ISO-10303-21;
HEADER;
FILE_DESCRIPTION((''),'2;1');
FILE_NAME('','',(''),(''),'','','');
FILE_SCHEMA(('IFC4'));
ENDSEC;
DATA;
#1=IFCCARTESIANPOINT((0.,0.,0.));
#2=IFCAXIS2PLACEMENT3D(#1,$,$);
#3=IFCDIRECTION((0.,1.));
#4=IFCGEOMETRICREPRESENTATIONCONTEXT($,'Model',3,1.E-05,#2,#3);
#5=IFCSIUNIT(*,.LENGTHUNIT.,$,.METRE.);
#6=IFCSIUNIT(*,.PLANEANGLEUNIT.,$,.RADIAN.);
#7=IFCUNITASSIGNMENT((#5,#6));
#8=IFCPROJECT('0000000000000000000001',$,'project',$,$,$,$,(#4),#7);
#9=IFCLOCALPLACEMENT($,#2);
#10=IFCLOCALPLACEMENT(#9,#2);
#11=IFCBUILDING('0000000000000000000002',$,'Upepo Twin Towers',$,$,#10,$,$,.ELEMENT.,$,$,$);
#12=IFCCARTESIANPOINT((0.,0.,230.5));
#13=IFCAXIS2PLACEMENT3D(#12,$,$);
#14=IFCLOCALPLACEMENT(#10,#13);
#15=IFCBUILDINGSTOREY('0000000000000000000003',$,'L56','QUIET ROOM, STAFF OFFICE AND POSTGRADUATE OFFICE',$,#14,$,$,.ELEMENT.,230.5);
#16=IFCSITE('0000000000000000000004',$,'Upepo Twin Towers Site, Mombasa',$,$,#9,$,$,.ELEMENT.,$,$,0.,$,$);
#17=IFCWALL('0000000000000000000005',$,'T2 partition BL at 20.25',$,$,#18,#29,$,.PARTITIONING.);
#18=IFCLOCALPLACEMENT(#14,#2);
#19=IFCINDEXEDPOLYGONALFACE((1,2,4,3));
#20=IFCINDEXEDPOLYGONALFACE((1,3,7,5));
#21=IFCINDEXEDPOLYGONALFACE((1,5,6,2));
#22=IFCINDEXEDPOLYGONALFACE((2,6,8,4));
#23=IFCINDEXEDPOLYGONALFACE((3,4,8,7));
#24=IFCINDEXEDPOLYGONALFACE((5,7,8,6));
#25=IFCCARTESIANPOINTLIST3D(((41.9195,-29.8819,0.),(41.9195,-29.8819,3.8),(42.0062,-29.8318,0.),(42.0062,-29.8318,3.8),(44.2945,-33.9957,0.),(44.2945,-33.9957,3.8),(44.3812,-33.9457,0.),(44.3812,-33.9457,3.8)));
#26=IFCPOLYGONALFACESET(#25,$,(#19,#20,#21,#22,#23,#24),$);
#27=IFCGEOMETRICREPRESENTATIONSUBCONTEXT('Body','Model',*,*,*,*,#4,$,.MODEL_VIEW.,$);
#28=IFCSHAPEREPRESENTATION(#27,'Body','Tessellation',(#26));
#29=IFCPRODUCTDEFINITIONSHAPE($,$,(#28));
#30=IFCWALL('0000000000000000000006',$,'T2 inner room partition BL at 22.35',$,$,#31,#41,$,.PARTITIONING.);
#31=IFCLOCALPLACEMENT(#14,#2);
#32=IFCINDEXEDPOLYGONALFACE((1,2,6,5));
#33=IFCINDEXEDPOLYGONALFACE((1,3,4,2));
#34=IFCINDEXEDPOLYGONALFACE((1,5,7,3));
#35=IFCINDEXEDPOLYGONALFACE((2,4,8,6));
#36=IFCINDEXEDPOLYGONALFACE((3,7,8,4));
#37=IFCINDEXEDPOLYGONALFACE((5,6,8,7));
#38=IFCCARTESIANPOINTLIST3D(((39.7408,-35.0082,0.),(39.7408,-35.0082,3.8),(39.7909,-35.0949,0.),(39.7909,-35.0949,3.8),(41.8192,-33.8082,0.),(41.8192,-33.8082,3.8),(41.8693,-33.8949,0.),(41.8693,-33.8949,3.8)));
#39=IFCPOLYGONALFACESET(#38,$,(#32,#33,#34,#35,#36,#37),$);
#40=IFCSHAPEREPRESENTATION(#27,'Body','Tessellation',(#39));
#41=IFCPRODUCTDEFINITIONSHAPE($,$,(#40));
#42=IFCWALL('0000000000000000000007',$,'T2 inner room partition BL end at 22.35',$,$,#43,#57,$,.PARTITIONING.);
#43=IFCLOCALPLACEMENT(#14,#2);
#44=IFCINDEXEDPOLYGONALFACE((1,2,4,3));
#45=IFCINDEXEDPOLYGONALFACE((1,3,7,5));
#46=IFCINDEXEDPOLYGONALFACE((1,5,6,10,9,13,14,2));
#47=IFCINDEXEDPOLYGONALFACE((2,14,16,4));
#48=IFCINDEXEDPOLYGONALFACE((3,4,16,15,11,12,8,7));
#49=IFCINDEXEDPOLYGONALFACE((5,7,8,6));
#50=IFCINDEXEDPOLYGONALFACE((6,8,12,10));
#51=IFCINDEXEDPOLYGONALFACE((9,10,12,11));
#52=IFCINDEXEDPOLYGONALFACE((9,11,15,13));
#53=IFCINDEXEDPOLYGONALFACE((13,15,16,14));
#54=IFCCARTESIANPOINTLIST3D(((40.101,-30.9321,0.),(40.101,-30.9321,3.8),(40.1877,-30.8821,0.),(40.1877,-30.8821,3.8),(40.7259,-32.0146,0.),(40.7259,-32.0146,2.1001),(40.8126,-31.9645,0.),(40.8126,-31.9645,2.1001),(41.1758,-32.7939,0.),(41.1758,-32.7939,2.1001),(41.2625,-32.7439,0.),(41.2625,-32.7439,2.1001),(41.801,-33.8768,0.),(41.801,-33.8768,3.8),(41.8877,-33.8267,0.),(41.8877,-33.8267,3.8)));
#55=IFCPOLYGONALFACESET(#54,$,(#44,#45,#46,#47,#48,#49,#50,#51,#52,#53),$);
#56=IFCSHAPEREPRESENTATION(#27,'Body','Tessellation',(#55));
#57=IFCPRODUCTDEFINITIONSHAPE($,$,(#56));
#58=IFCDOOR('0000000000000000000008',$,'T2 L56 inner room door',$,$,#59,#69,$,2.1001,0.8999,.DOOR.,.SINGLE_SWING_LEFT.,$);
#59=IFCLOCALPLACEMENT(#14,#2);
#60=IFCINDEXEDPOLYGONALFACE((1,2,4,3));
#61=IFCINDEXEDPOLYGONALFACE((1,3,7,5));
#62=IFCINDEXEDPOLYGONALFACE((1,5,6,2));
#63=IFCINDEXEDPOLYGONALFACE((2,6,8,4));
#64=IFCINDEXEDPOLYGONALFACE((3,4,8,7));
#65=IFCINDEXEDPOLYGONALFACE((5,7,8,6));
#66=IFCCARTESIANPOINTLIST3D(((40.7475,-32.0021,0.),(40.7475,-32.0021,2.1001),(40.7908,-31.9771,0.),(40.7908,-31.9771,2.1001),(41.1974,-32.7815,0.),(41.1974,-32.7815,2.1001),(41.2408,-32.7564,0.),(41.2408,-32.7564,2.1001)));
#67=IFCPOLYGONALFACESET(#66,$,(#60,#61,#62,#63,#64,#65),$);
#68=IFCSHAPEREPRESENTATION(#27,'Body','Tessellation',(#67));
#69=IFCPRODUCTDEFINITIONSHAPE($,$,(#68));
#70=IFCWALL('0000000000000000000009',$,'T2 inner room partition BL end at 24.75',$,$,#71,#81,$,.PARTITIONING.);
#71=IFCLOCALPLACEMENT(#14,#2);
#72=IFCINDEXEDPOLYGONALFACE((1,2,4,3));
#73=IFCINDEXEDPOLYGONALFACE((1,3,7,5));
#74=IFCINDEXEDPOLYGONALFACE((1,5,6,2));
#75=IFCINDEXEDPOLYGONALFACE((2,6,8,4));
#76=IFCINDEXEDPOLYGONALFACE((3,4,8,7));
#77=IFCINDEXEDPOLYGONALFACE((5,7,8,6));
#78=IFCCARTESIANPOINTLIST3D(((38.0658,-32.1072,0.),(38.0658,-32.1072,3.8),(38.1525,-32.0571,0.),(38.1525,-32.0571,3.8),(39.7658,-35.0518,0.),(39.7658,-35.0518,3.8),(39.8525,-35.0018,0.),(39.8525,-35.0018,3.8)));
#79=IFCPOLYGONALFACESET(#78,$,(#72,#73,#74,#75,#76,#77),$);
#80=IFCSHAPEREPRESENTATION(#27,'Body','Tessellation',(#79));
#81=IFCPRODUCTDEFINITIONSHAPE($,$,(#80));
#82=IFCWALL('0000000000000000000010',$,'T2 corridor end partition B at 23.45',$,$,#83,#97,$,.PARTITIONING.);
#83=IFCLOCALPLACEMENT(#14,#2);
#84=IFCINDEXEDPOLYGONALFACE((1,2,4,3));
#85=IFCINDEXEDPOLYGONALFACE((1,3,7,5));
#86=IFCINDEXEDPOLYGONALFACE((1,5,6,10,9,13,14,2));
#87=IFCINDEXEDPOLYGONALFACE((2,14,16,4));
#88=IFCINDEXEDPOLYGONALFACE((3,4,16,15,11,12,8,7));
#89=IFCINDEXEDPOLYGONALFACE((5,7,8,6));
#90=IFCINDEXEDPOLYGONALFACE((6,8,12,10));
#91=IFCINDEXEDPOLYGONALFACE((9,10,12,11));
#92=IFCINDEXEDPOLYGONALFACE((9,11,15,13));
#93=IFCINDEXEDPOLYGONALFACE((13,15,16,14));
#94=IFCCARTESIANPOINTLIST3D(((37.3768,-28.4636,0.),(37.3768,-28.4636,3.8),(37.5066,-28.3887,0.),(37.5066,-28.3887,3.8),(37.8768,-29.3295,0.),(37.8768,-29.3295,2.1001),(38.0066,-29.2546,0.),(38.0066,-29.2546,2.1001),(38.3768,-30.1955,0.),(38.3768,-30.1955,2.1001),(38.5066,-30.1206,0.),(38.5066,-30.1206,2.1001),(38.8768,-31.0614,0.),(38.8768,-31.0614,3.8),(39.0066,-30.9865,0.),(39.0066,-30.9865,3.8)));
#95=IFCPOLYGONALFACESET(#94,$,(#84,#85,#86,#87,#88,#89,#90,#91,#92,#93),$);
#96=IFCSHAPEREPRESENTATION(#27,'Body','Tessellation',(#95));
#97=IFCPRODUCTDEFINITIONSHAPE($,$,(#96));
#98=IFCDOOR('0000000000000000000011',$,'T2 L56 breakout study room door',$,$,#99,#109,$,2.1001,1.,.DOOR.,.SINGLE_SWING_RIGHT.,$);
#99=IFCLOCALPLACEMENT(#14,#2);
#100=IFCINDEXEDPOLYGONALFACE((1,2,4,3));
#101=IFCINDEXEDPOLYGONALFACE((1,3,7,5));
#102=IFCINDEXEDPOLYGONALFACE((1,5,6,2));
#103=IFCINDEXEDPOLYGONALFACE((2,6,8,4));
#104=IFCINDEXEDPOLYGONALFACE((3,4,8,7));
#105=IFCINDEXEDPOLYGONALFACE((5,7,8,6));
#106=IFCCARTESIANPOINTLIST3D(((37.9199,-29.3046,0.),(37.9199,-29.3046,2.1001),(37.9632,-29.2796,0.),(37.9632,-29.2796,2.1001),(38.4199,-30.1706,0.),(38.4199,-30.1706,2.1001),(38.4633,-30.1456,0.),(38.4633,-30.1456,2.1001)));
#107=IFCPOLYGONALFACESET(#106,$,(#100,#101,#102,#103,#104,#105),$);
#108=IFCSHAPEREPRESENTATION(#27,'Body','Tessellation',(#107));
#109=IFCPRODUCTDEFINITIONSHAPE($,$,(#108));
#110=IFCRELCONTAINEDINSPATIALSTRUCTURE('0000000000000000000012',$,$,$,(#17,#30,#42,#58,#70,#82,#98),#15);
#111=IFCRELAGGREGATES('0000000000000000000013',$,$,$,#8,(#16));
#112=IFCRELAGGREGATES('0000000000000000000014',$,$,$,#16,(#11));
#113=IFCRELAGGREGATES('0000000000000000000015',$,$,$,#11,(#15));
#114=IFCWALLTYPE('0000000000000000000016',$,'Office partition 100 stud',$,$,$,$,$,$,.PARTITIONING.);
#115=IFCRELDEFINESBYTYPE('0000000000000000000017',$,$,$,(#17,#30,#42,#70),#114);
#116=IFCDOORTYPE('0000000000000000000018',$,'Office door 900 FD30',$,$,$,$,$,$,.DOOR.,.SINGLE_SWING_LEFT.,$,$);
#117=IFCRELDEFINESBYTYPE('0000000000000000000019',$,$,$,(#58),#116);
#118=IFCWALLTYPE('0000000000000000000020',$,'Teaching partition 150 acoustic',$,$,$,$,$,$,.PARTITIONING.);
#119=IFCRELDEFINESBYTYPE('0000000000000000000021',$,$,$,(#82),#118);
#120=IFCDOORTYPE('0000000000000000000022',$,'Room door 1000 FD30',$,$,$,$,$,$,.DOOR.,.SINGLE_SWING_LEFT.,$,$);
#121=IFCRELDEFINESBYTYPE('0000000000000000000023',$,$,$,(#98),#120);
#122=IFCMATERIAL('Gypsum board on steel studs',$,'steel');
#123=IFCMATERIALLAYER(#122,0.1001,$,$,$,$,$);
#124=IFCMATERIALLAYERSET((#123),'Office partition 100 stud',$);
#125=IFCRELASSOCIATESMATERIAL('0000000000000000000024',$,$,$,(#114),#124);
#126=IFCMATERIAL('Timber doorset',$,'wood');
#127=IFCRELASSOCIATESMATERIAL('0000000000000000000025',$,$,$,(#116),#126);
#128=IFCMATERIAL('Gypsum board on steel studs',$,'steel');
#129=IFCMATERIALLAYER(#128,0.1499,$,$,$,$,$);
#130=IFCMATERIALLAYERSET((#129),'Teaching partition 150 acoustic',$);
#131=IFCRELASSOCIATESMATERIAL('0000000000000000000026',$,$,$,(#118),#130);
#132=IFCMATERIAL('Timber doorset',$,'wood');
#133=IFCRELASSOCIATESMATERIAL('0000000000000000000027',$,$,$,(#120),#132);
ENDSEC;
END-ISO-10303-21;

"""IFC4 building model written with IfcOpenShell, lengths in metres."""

from ifc_helpers import new_model, si_unit, direction, frame, frame_2d, origin, place, context, subcontext, project, spatial, rectangle, extrude, material, layer, layer_set, type_object, element, fill, save


model = new_model("IFC4")

# Units and contexts
model_context = context("Model", 3, precision=1e-05, world=origin(), true_north=direction((0.0, 1.0)))
body_context = subcontext(model_context, "Body", "Model", "MODEL_VIEW")
ifc_project = project(units=[si_unit("LENGTHUNIT", "METRE"), si_unit("PLANEANGLEUNIT", "RADIAN")], contexts=[model_context])

# Site, building, storey
site_placement = place(None, origin())
site = spatial("IfcSite", under=ifc_project, at=site_placement, Name="Upepo Twin Towers Site, Mombasa", CompositionType="ELEMENT", RefElevation=0.0)
building_placement = place(site_placement, origin())
building = spatial("IfcBuilding", under=site, at=building_placement, Name="Upepo Twin Towers", CompositionType="ELEMENT")
storey_placement = place(building_placement, frame((0.0, 0.0, 230.5)))
storey = spatial("IfcBuildingStorey", under=building, at=storey_placement, Name="L56", Description="QUIET ROOM, STAFF OFFICE AND POSTGRADUATE OFFICE", CompositionType="ELEMENT", Elevation=230.5)

# Walls
ifc_material_1 = material(Name="Gypsum board on steel studs", Category="steel")
ifc_layer_1 = layer(ifc_material_1, 0.1001)
ifc_layer_set_1 = layer_set([ifc_layer_1], Name="Office partition 100 stud")
wall_type_1 = type_object("IfcWallType", Name="Office partition 100 stud", PredefinedType="PARTITIONING", material=ifc_layer_set_1)
wall_1_placement = place(storey_placement, frame((41.9629, -29.8569, 0.0), z_axis=(0.0, 0.0, 1.0), x_axis=(0.499986, -0.866033, 0.0)))
element("IfcWall", 1, at=wall_1_placement, inside=storey, type_object=wall_type_1, Name="T2 partition BL at 20.25", PredefinedType="PARTITIONING", context=body_context, shape_type="SweptSolid", body=[
    extrude(rectangle(XDim=4.7502, YDim=0.1001, at=frame_2d((2.375, 0.0))), origin(), (0.0, 0.0, 1.0), 3.8),
])
wall_2_placement = place(storey_placement, frame((41.8442, -33.8516, 0.0), z_axis=(0.0, 0.0, 1.0), x_axis=(-0.866025, -0.500001, 0.0)))
element("IfcWall", 2, at=wall_2_placement, inside=storey, type_object=wall_type_1, Name="T2 inner room partition BL at 22.35", PredefinedType="PARTITIONING", context=body_context, shape_type="SweptSolid", body=[
    extrude(rectangle(XDim=2.3999, YDim=0.1001, at=frame_2d((1.2, 0.0))), origin(), (0.0, 0.0, 1.0), 3.8),
])

# Wall, opening, door
wall_3_placement = place(storey_placement, frame((40.1443, -30.907, 0.0), z_axis=(0.0, 0.0, 1.0), x_axis=(0.499977, -0.866039, 0.0)))
wall_3 = element("IfcWall", 3, at=wall_3_placement, inside=storey, type_object=wall_type_1, Name="T2 inner room partition BL end at 22.35", PredefinedType="PARTITIONING", context=body_context, shape_type="SweptSolid", body=[
    extrude(rectangle(XDim=3.4001, YDim=0.1001, at=frame_2d((1.7002, 0.0))), origin(), (0.0, 0.0, 1.0), 3.8),
])
opening_1_placement = place(wall_3_placement, frame((1.25, 0.0, 0.0)))
opening_1 = element("IfcOpeningElement", 4, at=opening_1_placement, cuts=wall_3, PredefinedType="OPENING", context=body_context, shape_type="SweptSolid", body=[
    extrude(rectangle(XDim=0.8999, YDim=2.1001, at=frame_2d((0.45, 1.05))), frame((0.0, 0.0601, 0.0), z_axis=(0.0, -1.0, 0.0), x_axis=(1.0, 0.0, 0.0)), (0.0, 0.0, 1.0), 0.1201),
])
ifc_material_2 = material(Name="Timber doorset", Category="wood")
door_type_1 = type_object("IfcDoorType", Name="Office door 900 FD30", OperationType="SINGLE_SWING_LEFT", PredefinedType="DOOR", material=ifc_material_2)
door_1_placement = place(opening_1_placement, origin())
door_1 = element("IfcDoor", 5, at=door_1_placement, inside=storey, type_object=door_type_1, Name="T2 L56 inner room door", OperationType="SINGLE_SWING_LEFT", OverallHeight=2.1001, OverallWidth=0.8999, PredefinedType="DOOR", context=body_context, shape_type="SweptSolid", body=[
    extrude(rectangle(XDim=0.8999, YDim=2.1001, at=frame_2d((0.45, 1.05))), frame((0.0, 0.0249, 0.0), z_axis=(0.0, -1.0, 0.0), x_axis=(1.0, 0.0, 0.0)), (0.0, 0.0, 1.0), 0.05),
])
fill(opening_1, door_1)

# Wall
wall_4_placement = place(storey_placement, frame((38.1091, -32.082, 0.0), z_axis=(0.0, 0.0, 1.0), x_axis=(0.499977, -0.866039, 0.0)))
element("IfcWall", 6, at=wall_4_placement, inside=storey, type_object=wall_type_1, Name="T2 inner room partition BL end at 24.75", PredefinedType="PARTITIONING", context=body_context, shape_type="SweptSolid", body=[
    extrude(rectangle(XDim=3.4001, YDim=0.1001, at=frame_2d((1.7002, 0.0))), origin(), (0.0, 0.0, 1.0), 3.8),
])

# Wall, opening, door
ifc_material_3 = material(Name="Gypsum board on steel studs", Category="steel")
ifc_layer_2 = layer(ifc_material_3, 0.1499)
ifc_layer_set_2 = layer_set([ifc_layer_2], Name="Teaching partition 150 acoustic")
wall_type_2 = type_object("IfcWallType", Name="Teaching partition 150 acoustic", PredefinedType="PARTITIONING", material=ifc_layer_set_2)
wall_5_placement = place(storey_placement, frame((37.4417, -28.426, 0.0), z_axis=(0.0, 0.0, 1.0), x_axis=(0.500025, -0.866011, 0.0)))
wall_5 = element("IfcWall", 7, at=wall_5_placement, inside=storey, type_object=wall_type_2, Name="T2 corridor end partition B at 23.45", PredefinedType="PARTITIONING", context=body_context, shape_type="SweptSolid", body=[
    extrude(rectangle(XDim=2.9998, YDim=0.1499, at=frame_2d((1.5, 0.0))), origin(), (0.0, 0.0, 1.0), 3.8),
])
opening_2_placement = place(wall_5_placement, frame((1.0, 0.0, 0.0)))
opening_2 = element("IfcOpeningElement", 8, at=opening_2_placement, cuts=wall_5, PredefinedType="OPENING", context=body_context, shape_type="SweptSolid", body=[
    extrude(rectangle(XDim=1.0, YDim=2.1001, at=frame_2d((0.5, 1.05))), frame((0.0, 0.085, 0.0), z_axis=(0.0, -1.0, 0.0), x_axis=(1.0, 0.0, 0.0)), (0.0, 0.0, 1.0), 0.1699),
])
ifc_material_4 = material(Name="Timber doorset", Category="wood")
door_type_2 = type_object("IfcDoorType", Name="Room door 1000 FD30", OperationType="SINGLE_SWING_LEFT", PredefinedType="DOOR", material=ifc_material_4)
door_2_placement = place(opening_2_placement, origin())
door_2 = element("IfcDoor", 9, at=door_2_placement, inside=storey, type_object=door_type_2, Name="T2 L56 breakout study room door", OperationType="SINGLE_SWING_RIGHT", OverallHeight=2.1001, OverallWidth=1.0, PredefinedType="DOOR", context=body_context, shape_type="SweptSolid", body=[
    extrude(rectangle(XDim=1.0, YDim=2.1001, at=frame_2d((0.5, 1.05))), frame((0.0, 0.0249, 0.0), z_axis=(0.0, -1.0, 0.0), x_axis=(1.0, 0.0, 0.0)), (0.0, 0.0, 1.0), 0.05),
])
fill(opening_2, door_2)

save(model, "model.ifc")
